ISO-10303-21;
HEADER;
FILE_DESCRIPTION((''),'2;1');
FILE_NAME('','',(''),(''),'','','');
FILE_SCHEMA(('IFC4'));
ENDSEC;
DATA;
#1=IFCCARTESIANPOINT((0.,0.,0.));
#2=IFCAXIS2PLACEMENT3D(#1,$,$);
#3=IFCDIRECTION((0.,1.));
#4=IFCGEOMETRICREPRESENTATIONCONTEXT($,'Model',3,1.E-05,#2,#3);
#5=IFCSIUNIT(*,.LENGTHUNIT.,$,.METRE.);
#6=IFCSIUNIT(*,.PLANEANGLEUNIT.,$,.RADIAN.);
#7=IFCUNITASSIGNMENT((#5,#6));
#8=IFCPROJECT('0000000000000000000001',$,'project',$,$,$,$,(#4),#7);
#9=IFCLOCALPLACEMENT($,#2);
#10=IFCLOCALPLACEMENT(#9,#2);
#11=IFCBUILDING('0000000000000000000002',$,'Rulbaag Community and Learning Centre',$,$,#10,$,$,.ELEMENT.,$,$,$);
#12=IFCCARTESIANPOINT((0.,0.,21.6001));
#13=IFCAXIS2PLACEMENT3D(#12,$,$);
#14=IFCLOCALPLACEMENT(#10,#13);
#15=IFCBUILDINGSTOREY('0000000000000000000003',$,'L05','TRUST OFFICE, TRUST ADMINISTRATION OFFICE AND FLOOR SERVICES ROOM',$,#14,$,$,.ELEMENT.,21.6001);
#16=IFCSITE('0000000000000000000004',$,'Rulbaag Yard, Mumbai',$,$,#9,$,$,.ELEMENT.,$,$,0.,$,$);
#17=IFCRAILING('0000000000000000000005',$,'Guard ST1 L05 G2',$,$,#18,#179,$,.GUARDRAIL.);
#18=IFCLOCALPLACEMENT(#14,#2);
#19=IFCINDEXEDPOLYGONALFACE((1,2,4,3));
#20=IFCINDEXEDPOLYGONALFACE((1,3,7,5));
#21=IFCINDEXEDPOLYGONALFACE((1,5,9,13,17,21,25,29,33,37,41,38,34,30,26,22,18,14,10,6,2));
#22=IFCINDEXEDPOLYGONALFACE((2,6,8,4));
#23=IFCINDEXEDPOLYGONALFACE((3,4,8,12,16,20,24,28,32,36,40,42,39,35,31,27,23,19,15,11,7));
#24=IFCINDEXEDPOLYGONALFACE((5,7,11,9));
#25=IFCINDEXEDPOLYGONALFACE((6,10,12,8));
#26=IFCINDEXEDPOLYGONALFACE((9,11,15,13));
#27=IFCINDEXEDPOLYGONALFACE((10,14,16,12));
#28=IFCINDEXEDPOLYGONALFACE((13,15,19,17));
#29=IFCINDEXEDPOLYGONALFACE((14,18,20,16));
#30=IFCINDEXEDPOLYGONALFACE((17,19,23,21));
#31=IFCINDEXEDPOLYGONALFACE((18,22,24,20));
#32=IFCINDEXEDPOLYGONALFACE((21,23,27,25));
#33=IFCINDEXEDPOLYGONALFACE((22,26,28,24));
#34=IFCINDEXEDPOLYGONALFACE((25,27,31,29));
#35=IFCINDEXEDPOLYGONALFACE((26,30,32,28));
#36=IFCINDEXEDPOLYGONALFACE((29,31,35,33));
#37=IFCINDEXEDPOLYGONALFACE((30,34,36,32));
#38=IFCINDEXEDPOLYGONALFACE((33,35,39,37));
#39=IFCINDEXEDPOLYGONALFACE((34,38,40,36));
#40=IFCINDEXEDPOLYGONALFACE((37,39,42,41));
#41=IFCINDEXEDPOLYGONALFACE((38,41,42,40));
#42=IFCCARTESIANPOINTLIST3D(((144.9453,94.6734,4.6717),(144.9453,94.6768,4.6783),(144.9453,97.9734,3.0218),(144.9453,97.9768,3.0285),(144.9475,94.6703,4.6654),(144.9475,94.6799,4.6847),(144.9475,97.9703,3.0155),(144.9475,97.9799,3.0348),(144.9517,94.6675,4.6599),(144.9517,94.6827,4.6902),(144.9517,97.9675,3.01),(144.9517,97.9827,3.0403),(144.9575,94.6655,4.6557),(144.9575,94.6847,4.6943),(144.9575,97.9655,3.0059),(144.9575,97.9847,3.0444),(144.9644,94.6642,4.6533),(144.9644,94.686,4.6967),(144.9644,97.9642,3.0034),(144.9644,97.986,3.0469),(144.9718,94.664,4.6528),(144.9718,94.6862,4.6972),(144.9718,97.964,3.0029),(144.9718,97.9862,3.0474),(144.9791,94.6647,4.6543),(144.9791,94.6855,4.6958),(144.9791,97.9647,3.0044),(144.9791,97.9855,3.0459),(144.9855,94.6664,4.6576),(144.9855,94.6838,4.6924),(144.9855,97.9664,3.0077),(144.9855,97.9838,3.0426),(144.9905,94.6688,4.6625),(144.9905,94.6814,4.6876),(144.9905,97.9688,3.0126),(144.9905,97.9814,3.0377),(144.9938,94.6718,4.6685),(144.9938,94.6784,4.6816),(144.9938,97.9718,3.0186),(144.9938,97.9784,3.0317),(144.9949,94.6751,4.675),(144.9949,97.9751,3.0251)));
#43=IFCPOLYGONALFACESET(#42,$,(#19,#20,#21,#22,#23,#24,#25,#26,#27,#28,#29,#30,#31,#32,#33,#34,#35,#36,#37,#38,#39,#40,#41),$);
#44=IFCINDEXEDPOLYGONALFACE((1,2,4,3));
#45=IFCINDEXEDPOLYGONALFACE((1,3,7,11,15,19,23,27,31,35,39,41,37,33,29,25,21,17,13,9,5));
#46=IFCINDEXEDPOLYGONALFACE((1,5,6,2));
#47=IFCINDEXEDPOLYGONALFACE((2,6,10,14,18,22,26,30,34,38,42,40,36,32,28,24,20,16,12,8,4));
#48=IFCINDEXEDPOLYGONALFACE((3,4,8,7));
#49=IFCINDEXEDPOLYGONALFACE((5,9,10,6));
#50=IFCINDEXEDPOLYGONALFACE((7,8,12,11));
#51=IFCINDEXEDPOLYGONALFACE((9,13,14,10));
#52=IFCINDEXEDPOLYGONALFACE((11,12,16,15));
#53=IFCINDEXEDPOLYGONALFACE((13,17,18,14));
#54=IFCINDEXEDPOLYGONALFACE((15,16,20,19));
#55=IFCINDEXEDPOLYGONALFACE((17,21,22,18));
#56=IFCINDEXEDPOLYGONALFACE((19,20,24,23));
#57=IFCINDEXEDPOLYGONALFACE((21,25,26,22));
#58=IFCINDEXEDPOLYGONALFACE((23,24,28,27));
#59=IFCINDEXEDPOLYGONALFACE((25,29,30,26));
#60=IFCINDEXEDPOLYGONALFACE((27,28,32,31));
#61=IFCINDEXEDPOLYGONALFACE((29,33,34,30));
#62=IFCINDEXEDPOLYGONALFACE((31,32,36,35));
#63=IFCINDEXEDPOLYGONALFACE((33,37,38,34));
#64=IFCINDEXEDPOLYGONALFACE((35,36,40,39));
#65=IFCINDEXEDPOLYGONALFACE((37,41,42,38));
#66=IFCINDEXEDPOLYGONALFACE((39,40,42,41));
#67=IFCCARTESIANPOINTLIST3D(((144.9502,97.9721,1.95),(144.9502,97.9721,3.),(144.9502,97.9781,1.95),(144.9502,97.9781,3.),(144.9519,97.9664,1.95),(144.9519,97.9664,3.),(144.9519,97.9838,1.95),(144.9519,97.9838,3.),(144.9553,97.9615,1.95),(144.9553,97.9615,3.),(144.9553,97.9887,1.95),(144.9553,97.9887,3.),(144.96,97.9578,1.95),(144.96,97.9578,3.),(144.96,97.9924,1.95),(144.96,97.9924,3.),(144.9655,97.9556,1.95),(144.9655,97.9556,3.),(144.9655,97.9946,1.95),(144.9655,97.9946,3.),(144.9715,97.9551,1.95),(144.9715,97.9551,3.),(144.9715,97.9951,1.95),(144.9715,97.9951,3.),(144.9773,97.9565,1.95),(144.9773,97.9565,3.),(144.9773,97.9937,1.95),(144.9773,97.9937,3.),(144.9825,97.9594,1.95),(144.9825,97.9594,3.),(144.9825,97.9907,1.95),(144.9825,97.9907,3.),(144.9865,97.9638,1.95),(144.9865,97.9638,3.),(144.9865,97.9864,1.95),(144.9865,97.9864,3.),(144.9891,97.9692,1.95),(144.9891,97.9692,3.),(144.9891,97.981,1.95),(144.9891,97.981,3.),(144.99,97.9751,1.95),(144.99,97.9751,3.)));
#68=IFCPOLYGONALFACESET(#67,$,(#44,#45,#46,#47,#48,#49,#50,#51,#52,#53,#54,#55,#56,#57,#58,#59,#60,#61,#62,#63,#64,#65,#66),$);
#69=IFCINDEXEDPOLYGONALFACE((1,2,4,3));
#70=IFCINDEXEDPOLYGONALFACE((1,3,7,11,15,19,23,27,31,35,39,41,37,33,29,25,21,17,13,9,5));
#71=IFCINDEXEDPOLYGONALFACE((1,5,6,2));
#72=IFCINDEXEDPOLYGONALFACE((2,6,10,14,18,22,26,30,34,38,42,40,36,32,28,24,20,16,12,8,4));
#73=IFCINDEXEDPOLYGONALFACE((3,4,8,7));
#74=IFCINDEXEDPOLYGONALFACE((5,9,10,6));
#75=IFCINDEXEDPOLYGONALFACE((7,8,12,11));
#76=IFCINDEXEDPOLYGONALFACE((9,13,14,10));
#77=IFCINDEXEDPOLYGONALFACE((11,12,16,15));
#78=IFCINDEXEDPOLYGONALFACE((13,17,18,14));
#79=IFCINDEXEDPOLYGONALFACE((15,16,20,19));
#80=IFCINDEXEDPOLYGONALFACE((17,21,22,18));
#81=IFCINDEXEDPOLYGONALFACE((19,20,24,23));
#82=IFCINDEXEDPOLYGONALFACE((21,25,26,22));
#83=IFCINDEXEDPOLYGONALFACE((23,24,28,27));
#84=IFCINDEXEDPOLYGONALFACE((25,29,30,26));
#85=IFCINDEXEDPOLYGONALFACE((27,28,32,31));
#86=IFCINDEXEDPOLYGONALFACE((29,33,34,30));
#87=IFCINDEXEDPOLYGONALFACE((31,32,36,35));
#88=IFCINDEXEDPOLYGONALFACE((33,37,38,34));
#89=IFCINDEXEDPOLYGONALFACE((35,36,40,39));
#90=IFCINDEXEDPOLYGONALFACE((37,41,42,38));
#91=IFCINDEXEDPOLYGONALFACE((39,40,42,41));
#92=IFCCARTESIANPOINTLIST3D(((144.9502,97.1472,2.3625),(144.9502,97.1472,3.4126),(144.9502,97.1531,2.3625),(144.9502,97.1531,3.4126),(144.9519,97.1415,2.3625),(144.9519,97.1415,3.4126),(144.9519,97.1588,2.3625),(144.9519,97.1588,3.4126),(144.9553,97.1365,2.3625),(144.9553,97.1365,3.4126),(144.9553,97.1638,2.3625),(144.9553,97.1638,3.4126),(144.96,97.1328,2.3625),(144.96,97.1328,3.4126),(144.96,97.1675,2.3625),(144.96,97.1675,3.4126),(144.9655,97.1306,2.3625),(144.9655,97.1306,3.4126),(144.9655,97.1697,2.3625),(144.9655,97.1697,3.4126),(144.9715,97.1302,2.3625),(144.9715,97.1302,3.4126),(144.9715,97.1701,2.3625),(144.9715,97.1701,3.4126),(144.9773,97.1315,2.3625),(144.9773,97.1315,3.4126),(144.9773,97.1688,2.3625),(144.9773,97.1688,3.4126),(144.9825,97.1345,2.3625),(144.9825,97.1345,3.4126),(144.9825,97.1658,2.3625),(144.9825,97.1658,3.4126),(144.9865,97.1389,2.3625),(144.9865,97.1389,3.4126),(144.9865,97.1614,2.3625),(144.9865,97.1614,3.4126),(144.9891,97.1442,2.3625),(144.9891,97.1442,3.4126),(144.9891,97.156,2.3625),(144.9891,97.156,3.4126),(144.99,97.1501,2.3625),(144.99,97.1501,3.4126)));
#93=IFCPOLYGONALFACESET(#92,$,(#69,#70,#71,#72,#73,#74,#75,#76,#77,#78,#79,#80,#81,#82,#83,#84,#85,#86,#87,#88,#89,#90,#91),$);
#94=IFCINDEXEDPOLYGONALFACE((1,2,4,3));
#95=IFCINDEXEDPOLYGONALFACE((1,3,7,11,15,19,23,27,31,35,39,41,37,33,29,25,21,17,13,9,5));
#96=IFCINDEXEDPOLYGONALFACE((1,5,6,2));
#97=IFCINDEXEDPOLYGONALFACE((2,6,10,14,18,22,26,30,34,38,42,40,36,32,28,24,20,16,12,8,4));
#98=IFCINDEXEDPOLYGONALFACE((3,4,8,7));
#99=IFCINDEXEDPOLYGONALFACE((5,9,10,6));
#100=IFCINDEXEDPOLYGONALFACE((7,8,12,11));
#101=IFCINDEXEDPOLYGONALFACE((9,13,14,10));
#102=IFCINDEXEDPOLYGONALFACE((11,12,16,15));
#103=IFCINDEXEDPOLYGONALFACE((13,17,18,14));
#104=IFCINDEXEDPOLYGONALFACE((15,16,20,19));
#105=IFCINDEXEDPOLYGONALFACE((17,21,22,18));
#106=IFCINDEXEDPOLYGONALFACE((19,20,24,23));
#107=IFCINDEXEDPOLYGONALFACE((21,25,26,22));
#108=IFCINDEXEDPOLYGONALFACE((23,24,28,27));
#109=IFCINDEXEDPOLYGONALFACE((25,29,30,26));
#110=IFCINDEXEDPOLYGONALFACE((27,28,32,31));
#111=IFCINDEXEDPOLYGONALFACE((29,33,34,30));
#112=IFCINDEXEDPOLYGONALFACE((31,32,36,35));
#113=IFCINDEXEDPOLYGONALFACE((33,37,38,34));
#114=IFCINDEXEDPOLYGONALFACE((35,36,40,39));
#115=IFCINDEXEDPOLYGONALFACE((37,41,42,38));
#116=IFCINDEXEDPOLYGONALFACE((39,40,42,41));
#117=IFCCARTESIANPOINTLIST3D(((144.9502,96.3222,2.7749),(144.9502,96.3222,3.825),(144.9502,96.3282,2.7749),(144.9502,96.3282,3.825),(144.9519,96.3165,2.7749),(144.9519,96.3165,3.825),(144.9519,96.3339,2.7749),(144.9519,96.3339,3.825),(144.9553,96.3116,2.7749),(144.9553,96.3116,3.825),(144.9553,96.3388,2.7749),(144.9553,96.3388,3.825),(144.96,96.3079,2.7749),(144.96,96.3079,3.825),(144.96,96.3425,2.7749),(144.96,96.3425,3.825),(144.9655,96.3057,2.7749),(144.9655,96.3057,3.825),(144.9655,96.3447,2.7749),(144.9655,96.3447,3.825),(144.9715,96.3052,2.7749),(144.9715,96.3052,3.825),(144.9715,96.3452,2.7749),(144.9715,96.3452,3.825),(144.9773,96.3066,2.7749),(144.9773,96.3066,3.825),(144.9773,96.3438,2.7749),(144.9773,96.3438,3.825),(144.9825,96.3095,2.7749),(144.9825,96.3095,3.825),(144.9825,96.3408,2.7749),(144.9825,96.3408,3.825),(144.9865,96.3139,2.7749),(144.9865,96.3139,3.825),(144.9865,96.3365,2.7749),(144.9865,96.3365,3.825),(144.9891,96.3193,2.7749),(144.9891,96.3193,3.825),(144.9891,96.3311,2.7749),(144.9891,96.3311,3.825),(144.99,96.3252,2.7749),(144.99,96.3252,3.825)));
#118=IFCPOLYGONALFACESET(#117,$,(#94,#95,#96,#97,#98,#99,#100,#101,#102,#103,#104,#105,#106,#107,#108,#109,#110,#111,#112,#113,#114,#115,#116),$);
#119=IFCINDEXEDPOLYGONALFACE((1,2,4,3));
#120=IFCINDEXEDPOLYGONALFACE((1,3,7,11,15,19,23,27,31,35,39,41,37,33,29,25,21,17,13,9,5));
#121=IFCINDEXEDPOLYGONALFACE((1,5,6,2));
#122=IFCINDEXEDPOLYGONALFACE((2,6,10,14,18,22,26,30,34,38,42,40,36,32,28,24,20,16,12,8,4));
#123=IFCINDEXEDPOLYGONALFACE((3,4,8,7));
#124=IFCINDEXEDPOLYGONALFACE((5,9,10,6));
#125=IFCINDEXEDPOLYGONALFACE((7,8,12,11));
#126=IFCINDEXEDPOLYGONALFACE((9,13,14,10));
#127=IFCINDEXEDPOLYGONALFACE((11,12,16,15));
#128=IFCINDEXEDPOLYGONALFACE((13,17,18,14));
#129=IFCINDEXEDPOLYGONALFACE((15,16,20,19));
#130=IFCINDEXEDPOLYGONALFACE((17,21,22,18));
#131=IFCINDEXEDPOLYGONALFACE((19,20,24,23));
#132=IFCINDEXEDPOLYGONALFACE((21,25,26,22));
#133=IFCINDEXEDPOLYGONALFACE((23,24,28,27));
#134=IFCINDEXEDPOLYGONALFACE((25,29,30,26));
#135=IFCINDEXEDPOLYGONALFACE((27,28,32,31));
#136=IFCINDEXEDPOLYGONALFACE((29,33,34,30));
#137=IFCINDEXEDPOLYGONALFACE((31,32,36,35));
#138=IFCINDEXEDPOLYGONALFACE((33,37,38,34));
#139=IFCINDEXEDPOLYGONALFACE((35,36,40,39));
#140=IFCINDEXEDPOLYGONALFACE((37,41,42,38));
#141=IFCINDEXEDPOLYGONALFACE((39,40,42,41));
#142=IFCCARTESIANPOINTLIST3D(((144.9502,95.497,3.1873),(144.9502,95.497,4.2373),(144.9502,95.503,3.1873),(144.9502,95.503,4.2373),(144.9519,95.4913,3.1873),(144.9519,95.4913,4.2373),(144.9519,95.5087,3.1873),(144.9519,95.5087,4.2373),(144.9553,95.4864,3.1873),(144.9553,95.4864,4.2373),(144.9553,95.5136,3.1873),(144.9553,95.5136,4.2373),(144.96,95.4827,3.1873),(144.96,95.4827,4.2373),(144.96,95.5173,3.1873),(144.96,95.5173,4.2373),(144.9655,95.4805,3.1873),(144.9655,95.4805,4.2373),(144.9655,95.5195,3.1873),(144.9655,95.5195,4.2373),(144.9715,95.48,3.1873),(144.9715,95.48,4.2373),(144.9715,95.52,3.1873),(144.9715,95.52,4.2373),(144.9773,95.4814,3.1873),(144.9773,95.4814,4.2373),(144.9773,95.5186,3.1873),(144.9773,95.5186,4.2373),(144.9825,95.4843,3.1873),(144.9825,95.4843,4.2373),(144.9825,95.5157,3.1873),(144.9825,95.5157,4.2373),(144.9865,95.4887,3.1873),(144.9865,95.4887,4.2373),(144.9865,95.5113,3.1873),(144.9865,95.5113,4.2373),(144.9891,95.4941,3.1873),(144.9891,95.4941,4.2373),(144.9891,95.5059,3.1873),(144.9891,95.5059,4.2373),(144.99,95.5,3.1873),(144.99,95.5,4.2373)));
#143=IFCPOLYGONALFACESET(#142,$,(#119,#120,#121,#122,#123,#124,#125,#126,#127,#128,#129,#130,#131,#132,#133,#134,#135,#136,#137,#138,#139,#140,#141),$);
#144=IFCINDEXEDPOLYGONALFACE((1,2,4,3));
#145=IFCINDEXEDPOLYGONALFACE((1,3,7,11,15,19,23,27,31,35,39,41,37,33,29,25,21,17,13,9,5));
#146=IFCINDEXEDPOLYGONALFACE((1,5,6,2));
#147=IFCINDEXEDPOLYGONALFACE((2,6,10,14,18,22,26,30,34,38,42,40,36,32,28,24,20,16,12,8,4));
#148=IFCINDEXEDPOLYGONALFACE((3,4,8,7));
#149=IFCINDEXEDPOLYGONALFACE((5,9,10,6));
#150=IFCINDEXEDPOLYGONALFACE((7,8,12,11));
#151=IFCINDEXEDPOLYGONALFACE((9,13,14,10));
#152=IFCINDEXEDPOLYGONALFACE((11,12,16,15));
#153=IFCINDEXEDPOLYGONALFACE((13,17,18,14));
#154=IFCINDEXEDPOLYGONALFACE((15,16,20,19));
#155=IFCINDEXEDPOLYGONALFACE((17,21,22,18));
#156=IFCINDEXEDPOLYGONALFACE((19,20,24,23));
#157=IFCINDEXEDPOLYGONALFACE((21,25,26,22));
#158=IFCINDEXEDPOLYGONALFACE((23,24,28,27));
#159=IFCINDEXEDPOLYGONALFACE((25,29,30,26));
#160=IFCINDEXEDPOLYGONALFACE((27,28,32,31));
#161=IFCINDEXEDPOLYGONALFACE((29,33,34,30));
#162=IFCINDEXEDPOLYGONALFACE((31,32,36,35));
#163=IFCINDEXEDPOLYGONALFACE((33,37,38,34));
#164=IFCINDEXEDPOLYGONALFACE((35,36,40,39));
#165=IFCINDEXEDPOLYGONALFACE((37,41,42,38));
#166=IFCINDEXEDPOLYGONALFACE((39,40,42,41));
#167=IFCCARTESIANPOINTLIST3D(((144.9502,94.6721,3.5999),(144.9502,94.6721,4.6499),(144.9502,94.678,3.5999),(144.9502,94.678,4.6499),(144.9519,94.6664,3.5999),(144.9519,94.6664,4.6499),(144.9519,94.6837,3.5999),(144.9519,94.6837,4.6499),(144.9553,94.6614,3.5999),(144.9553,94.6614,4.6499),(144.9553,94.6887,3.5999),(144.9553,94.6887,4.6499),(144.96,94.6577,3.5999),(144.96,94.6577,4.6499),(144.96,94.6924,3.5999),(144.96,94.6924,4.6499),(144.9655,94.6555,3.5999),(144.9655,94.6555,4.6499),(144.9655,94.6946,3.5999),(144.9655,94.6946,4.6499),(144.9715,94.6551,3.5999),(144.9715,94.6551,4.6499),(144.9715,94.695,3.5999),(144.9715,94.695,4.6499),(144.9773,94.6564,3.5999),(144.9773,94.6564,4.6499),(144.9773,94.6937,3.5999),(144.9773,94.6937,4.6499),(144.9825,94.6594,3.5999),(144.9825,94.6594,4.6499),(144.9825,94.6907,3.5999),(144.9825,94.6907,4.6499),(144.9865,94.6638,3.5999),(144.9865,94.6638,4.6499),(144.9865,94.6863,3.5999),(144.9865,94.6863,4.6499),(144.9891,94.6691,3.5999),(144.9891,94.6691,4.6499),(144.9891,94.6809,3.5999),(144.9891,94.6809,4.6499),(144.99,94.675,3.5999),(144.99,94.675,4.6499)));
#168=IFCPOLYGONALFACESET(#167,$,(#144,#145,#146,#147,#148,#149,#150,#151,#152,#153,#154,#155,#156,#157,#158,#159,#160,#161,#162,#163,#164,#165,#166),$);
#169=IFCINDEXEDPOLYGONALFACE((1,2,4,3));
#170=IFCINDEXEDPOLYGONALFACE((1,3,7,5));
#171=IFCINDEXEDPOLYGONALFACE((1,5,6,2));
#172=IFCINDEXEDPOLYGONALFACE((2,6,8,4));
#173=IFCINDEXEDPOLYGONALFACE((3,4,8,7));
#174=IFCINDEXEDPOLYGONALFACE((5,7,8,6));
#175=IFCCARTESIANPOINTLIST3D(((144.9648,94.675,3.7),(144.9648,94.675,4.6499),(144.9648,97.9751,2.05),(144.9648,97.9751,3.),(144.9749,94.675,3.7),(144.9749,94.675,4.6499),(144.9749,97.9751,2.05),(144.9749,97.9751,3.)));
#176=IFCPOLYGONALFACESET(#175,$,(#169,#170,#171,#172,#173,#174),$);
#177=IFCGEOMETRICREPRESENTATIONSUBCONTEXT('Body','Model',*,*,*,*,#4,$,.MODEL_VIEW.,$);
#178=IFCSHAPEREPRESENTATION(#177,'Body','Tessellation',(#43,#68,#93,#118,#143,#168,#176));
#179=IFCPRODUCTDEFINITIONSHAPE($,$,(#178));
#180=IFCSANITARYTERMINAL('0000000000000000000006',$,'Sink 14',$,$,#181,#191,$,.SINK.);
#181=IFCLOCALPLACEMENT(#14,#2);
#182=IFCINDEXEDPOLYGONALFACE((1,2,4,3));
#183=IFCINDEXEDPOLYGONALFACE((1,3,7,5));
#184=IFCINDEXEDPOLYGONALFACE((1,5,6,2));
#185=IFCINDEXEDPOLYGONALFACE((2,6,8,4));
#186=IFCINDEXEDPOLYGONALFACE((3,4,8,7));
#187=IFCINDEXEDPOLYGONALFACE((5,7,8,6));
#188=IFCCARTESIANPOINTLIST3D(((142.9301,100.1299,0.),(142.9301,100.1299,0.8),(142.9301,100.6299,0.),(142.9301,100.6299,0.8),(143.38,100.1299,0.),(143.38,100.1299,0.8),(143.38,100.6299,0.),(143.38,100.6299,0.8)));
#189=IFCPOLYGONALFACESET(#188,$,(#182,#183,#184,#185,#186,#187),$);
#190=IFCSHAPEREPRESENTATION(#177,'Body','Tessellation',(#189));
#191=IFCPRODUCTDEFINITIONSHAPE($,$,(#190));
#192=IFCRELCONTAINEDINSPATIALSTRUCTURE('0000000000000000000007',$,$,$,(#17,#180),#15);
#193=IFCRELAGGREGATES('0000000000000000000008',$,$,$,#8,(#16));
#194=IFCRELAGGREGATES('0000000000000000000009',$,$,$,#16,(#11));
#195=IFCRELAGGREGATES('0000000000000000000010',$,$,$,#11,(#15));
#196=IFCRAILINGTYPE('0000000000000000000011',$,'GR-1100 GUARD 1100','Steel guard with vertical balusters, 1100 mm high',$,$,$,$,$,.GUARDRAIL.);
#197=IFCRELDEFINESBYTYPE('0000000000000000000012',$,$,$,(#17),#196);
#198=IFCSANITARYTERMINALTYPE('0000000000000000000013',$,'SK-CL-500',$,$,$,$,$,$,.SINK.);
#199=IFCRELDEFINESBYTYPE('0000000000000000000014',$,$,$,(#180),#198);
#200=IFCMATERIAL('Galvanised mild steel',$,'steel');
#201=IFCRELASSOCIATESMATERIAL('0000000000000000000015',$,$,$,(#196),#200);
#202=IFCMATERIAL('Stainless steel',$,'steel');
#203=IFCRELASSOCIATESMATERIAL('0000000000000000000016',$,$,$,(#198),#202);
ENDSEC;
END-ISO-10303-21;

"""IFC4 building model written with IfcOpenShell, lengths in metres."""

from ifc_helpers import new_model, si_unit, direction, frame, origin, origin_2d, place, context, subcontext, project, spatial, polyline, rectangle, circle, outline, extrude, material, type_object, element, save


model = new_model("IFC4")

# Units and contexts
model_context = context("Model", 3, precision=1e-05, world=origin(), true_north=direction((0.0, 1.0)))
body_context = subcontext(model_context, "Body", "Model", "MODEL_VIEW")
ifc_project = project(units=[si_unit("LENGTHUNIT", "METRE"), si_unit("PLANEANGLEUNIT", "RADIAN")], contexts=[model_context])

# Site, building, storey
site_placement = place(None, origin())
site = spatial("IfcSite", under=ifc_project, at=site_placement, Name="Rulbaag Yard, Mumbai", CompositionType="ELEMENT", RefElevation=0.0)
building_placement = place(site_placement, origin())
building = spatial("IfcBuilding", under=site, at=building_placement, Name="Rulbaag Community and Learning Centre", CompositionType="ELEMENT")
storey_placement = place(building_placement, frame((0.0, 0.0, 21.6001)))
storey = spatial("IfcBuildingStorey", under=building, at=storey_placement, Name="L05", Description="TRUST OFFICE, TRUST ADMINISTRATION OFFICE AND FLOOR SERVICES ROOM", CompositionType="ELEMENT", Elevation=21.6001)

# Railing
ifc_material_1 = material(Name="Galvanised mild steel", Category="steel")
railing_type_1 = type_object("IfcRailingType", Name="GR-1100 GUARD 1100", Description="Steel guard with vertical balusters, 1100 mm high", PredefinedType="GUARDRAIL", material=ifc_material_1)
railing_1_placement = place(storey_placement, frame((144.97, 97.9751, 1.95)))
element("IfcRailing", 1, at=railing_1_placement, inside=storey, type_object=railing_type_1, Name="Guard ST1 L05 G2", PredefinedType="GUARDRAIL", context=body_context, shape_type="SweptSolid", body=[
    extrude(circle(Radius=0.0249, at=origin_2d()), frame((0.0, 0.0, 1.0752), z_axis=(0.0, -0.89444, 0.447187), x_axis=(1.0, 0.0, 0.0)), (0.0, 0.0, 1.0), 3.6895),
    extrude(circle(Radius=0.02, at=origin_2d()), origin(), (0.0, 0.0, 1.0), 1.05),
    extrude(circle(Radius=0.02, at=origin_2d()), frame((0.0, -0.825, 0.4126)), (0.0, 0.0, 1.0), 1.05),
    extrude(circle(Radius=0.02, at=origin_2d()), frame((0.0, -1.6499, 0.825)), (0.0, 0.0, 1.0), 1.05),
    extrude(circle(Radius=0.02, at=origin_2d()), frame((0.0, -2.4751, 1.2373)), (0.0, 0.0, 1.0), 1.05),
    extrude(circle(Radius=0.02, at=origin_2d()), frame((0.0, -3.3, 1.6499)), (0.0, 0.0, 1.0), 1.05),
    extrude(outline(polyline([(0.0, 0.0), (3.3, 1.6499), (3.3, 2.5999), (0.0, 0.95), (0.0, 0.0)])), frame((0.0049, 0.0, 0.1001), z_axis=(-1.0, 0.0, 0.0), x_axis=(0.0, -1.0, 0.0)), (0.0, 0.0, 1.0), 0.01),
])

# Sanitary terminal
ifc_material_2 = material(Name="Stainless steel", Category="steel")
sanitary_terminal_type = type_object("IfcSanitaryTerminalType", Name="SK-CL-500", PredefinedType="SINK", material=ifc_material_2)
sanitary_terminal_placement = place(storey_placement, frame((143.155, 100.3799, 0.0), z_axis=(0.0, 0.0, 1.0), x_axis=(1.0, 0.0, 0.0)))
element("IfcSanitaryTerminal", 2, at=sanitary_terminal_placement, inside=storey, type_object=sanitary_terminal_type, Name="Sink 14", PredefinedType="SINK", context=body_context, shape_type="SweptSolid", body=[
    extrude(rectangle(XDim=0.45, YDim=0.5, at=origin_2d()), origin(), (0.0, 0.0, 1.0), 0.8),
])

save(model, "model.ifc")
